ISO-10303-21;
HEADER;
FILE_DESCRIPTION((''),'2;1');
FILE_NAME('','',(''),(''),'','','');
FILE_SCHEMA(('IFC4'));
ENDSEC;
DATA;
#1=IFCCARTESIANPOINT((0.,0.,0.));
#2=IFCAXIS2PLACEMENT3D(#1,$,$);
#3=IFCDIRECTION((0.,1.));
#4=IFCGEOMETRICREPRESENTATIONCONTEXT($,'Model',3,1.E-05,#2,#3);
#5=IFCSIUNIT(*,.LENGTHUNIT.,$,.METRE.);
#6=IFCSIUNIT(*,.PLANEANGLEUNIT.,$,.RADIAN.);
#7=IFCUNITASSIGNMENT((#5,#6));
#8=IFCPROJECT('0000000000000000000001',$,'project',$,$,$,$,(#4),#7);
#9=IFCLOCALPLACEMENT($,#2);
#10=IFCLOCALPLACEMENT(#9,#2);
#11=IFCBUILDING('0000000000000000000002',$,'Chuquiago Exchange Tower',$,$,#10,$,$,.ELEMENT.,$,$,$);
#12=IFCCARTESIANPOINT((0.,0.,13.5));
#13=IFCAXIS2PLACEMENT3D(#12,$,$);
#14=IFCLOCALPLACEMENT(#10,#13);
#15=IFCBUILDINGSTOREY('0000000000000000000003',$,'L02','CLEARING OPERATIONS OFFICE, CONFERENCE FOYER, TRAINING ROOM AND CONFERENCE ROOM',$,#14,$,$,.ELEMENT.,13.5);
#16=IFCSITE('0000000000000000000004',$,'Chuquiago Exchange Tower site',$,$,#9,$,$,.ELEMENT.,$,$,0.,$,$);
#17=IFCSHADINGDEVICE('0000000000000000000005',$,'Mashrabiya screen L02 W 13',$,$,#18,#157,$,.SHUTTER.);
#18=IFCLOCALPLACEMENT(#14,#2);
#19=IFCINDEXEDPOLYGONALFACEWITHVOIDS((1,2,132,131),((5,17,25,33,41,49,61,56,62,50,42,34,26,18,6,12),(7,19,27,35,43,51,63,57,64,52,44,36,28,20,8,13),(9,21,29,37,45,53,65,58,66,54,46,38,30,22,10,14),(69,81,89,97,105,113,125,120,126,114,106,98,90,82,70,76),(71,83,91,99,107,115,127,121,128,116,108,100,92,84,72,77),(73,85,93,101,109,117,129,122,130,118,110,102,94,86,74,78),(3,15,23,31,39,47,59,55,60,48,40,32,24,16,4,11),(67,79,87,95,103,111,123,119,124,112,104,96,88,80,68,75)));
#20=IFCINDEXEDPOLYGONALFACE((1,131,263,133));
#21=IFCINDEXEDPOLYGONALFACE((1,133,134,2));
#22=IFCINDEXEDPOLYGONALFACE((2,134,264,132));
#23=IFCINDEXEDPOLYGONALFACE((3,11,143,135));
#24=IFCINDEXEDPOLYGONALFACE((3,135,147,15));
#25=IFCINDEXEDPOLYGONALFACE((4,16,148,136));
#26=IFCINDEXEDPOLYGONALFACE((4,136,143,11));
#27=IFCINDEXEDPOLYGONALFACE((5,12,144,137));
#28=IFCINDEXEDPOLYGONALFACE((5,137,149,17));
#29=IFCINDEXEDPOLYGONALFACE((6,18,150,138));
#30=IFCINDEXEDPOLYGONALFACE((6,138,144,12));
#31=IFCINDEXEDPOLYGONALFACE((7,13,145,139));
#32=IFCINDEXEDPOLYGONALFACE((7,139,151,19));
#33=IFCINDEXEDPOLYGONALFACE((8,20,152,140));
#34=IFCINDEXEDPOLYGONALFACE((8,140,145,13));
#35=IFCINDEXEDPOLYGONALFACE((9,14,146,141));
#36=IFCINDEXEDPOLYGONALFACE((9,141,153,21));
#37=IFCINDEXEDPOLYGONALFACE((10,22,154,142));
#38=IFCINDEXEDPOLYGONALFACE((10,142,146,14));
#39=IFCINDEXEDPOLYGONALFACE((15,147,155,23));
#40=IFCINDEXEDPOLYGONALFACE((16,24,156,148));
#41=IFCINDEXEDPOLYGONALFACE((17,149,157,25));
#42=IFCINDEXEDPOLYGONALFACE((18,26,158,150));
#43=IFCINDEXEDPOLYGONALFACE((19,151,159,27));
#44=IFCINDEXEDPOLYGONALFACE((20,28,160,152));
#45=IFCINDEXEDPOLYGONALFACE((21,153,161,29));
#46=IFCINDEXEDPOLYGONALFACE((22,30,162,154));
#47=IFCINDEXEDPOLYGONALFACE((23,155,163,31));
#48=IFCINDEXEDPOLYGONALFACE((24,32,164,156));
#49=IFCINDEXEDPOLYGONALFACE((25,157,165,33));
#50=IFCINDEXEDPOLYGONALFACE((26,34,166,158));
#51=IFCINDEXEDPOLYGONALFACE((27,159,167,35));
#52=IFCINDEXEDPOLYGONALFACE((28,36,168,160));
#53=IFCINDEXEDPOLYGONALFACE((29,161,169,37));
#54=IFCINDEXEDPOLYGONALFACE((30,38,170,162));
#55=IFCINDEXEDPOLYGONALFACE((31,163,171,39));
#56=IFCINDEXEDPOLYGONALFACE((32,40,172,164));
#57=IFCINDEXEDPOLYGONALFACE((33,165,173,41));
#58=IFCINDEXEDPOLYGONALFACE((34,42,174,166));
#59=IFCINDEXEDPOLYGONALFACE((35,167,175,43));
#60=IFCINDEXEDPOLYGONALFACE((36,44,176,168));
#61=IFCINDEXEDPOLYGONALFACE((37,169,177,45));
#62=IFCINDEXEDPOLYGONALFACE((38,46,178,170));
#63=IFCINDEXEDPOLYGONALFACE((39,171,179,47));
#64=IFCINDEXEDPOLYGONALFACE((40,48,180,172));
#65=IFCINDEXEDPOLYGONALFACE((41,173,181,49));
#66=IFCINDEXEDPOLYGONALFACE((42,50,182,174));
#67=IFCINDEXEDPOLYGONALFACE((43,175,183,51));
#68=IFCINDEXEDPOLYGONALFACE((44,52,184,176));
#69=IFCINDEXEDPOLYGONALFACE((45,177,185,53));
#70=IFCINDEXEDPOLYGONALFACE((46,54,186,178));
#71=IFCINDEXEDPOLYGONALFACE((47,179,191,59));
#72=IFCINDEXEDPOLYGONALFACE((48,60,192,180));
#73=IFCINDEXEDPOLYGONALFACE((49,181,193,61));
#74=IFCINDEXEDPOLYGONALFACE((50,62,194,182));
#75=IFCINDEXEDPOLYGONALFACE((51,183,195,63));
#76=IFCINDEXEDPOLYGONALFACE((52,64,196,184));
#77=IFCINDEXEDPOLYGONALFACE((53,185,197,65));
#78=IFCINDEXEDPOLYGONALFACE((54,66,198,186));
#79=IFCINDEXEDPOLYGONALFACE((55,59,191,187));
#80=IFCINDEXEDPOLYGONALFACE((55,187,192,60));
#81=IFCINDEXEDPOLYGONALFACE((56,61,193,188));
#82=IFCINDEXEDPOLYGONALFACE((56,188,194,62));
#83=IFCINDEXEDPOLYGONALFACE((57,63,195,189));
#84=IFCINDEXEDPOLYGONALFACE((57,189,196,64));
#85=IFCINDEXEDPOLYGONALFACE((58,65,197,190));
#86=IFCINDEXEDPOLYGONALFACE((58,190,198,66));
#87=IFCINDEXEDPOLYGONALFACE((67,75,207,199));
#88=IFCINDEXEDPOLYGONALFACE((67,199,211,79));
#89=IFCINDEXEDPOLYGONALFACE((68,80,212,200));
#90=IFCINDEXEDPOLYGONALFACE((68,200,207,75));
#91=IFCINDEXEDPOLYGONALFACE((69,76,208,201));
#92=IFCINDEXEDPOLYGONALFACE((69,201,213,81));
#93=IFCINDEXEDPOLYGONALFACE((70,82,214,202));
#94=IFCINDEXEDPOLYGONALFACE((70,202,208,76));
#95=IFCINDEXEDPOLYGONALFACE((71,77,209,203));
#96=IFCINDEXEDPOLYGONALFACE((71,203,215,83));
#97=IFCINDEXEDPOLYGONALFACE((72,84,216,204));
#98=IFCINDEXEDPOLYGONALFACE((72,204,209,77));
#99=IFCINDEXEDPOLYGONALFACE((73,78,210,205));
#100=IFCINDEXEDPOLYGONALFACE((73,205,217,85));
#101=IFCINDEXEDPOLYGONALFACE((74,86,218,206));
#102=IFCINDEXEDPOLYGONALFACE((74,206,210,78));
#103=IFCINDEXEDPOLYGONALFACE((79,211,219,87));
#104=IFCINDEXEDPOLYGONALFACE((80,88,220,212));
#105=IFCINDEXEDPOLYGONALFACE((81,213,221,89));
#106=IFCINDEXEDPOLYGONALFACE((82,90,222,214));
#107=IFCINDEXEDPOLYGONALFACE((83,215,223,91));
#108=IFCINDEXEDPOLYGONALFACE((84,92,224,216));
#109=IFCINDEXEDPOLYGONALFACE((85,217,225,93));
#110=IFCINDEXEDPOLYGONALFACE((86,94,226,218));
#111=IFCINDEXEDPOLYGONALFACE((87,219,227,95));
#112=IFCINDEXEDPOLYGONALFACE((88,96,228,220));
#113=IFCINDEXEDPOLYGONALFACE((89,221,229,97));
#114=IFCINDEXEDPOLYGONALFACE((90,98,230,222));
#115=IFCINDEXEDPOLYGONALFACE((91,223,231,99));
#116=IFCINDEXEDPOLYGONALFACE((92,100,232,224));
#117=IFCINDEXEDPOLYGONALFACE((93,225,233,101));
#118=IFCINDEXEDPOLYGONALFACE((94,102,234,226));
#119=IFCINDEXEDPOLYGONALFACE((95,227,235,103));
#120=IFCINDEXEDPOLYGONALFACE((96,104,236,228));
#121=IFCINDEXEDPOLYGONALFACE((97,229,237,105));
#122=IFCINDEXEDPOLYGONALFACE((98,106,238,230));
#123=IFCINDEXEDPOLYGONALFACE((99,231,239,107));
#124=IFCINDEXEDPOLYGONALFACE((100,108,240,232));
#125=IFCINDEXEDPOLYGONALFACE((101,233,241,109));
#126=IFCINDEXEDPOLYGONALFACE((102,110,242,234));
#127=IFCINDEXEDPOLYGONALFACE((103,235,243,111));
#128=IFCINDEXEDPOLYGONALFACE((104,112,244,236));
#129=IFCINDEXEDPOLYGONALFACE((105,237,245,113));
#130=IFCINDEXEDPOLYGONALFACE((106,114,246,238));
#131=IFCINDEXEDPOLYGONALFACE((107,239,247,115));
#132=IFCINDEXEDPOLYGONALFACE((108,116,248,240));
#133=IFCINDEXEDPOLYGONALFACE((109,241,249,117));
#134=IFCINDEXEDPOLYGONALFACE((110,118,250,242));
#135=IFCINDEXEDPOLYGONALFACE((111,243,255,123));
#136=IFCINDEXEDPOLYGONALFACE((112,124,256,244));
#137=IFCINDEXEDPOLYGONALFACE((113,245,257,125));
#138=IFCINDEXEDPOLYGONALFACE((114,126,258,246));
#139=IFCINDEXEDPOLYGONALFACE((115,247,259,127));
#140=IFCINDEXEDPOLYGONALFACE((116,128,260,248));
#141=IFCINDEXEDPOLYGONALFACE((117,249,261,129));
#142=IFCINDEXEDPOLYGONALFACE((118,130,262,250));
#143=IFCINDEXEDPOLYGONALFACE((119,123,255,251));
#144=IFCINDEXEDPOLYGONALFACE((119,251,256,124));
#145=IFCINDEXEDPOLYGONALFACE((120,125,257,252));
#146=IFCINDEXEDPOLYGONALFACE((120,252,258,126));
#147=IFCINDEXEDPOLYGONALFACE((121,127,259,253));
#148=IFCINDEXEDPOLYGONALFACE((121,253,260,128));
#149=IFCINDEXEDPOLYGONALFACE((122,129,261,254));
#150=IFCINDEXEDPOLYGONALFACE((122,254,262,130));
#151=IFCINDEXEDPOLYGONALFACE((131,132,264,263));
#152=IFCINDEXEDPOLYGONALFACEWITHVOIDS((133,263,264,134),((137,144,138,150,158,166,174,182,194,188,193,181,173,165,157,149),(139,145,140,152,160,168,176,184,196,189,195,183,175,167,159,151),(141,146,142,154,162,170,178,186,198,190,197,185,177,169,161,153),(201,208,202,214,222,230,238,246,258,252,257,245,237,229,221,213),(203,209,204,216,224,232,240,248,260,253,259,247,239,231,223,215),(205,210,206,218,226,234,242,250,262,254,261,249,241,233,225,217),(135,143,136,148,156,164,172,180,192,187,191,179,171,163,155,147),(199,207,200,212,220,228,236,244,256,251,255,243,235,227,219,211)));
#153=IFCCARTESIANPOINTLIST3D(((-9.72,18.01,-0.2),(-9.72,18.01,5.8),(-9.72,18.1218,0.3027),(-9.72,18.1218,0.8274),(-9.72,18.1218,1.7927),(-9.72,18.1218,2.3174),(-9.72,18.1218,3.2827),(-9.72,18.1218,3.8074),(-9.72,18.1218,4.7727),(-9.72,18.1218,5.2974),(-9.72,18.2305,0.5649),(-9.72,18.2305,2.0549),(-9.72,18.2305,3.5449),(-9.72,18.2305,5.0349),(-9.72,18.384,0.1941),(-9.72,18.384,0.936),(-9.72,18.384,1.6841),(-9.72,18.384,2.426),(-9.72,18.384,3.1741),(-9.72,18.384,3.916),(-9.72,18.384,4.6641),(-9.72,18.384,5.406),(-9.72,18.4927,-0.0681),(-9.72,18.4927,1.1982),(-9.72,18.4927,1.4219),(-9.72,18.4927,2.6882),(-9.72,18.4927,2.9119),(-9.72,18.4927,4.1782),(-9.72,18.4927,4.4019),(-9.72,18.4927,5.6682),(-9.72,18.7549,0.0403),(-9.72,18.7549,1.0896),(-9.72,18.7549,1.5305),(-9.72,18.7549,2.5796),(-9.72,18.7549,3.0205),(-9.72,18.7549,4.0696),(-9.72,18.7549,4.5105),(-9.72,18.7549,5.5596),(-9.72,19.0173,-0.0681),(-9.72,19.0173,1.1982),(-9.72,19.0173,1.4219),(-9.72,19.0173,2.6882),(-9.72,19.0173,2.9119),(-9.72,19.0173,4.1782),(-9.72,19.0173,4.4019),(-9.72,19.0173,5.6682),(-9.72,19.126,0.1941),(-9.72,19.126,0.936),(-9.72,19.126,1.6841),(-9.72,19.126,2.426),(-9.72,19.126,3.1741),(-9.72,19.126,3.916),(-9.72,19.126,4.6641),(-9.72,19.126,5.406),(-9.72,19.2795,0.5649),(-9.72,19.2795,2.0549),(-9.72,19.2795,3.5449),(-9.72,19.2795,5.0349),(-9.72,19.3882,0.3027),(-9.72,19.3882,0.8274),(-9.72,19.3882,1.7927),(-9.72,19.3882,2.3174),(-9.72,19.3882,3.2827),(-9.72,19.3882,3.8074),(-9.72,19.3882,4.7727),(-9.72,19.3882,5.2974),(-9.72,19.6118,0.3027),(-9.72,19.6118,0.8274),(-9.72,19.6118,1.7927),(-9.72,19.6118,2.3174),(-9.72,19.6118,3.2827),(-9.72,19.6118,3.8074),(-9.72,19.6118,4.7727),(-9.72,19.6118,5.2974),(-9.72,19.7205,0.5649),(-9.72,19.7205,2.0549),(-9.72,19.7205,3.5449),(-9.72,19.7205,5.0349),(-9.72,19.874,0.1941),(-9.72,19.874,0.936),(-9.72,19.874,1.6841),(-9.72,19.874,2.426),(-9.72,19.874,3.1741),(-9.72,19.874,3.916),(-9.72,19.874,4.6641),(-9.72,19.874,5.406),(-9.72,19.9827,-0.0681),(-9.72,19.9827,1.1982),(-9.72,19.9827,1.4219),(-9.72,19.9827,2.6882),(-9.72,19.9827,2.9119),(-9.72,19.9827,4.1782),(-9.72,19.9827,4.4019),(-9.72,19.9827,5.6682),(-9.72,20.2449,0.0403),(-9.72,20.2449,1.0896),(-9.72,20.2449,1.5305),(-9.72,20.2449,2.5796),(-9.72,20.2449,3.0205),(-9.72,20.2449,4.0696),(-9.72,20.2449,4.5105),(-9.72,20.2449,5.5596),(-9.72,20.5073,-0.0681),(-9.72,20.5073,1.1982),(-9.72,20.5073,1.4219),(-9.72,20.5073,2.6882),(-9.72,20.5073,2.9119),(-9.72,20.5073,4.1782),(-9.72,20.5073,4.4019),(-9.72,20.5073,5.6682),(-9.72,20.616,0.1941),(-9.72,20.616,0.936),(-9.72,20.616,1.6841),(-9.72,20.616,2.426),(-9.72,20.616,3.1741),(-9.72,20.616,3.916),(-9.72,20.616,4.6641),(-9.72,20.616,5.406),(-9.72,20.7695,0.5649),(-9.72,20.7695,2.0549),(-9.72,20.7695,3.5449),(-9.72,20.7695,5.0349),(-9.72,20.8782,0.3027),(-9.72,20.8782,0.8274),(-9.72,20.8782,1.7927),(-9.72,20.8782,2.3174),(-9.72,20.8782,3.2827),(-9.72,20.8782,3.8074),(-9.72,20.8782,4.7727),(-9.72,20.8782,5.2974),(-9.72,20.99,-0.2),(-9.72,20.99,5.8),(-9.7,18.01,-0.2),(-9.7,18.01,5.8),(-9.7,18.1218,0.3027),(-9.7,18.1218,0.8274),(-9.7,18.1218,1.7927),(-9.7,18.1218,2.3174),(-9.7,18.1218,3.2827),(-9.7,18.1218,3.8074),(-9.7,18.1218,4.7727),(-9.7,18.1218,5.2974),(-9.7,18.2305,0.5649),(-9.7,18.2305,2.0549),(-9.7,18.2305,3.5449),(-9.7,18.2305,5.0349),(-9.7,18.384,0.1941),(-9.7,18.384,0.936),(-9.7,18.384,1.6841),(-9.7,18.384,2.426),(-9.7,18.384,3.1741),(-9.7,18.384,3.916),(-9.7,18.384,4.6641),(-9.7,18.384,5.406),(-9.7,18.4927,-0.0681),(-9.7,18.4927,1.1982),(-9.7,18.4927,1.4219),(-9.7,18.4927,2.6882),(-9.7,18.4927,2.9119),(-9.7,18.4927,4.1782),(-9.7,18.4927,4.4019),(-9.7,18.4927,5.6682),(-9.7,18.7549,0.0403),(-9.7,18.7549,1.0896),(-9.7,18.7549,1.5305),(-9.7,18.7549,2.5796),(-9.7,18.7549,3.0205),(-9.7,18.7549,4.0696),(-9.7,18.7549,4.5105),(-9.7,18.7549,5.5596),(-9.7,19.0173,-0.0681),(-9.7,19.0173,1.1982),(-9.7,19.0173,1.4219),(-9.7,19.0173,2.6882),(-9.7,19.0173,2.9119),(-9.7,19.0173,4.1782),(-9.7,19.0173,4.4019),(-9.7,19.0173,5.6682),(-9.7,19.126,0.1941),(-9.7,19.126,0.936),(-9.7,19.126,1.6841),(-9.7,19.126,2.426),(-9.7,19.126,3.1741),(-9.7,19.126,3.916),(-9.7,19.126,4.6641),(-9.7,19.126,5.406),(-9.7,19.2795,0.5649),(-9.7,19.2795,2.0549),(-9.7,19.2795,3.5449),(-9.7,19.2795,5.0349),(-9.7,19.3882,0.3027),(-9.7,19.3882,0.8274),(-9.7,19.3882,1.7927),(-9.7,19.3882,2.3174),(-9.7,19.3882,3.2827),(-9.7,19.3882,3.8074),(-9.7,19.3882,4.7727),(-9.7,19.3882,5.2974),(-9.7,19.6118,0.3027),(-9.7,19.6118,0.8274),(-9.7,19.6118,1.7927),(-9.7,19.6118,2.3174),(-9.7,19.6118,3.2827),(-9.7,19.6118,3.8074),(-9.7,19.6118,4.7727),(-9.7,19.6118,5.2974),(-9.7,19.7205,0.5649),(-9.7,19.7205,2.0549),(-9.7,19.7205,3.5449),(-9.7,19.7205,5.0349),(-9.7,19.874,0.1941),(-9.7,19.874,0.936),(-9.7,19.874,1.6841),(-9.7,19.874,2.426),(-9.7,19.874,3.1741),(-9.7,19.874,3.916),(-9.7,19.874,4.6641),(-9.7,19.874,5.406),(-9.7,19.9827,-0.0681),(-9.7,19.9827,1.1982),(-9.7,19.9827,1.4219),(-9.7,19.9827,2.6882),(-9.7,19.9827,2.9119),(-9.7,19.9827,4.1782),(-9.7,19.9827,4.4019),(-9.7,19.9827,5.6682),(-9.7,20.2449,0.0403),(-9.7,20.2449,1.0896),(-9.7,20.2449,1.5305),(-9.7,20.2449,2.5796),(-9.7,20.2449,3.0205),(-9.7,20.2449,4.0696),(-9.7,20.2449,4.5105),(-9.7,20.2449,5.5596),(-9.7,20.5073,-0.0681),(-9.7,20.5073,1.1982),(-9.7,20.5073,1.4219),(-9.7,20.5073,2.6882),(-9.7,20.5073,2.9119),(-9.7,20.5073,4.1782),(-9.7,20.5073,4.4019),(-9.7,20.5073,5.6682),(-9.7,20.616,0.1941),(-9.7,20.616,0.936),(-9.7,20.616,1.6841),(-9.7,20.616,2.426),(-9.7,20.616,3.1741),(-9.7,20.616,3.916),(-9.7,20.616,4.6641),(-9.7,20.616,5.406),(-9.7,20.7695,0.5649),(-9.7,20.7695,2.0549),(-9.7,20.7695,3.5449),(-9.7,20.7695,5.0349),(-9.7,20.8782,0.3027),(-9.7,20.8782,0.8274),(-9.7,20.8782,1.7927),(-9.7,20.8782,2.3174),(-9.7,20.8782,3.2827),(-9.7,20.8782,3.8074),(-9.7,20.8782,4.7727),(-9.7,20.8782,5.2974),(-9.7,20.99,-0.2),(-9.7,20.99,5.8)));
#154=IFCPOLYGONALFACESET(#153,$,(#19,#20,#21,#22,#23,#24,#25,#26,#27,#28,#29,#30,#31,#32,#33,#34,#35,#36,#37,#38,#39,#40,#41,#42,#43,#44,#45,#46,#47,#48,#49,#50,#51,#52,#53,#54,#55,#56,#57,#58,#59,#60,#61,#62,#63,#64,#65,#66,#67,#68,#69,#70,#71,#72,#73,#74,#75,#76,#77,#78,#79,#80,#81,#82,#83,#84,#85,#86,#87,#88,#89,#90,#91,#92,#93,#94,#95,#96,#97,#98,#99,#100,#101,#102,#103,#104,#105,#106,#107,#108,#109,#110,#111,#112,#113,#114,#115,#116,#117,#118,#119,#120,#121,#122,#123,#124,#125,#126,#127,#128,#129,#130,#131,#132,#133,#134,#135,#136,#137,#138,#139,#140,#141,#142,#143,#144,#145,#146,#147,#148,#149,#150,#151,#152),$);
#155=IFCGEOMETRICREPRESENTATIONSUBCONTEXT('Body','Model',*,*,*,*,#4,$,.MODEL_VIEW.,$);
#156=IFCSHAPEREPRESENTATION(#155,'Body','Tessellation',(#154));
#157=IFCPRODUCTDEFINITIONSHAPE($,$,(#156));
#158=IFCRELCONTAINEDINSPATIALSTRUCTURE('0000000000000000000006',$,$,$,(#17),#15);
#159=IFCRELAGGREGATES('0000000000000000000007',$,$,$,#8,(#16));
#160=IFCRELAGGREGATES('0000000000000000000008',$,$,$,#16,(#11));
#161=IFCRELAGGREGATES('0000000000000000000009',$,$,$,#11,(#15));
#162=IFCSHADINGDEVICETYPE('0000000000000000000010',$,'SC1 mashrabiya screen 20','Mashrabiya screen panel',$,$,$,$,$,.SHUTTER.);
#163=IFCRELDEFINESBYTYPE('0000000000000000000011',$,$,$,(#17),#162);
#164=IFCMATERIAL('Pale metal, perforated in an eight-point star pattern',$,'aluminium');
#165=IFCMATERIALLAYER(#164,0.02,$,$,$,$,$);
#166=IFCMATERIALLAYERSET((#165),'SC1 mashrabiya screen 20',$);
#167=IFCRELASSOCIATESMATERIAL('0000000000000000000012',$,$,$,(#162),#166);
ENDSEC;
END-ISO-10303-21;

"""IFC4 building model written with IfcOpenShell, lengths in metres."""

from ifc_helpers import new_model, si_unit, direction, frame, origin, place, context, subcontext, project, spatial, polyline, outline, extrude, material, layer, layer_set, type_object, element, save


model = new_model("IFC4")

# Units and contexts
model_context = context("Model", 3, precision=1e-05, world=origin(), true_north=direction((0.0, 1.0)))
body_context = subcontext(model_context, "Body", "Model", "MODEL_VIEW")
ifc_project = project(units=[si_unit("LENGTHUNIT", "METRE"), si_unit("PLANEANGLEUNIT", "RADIAN")], contexts=[model_context])

# Site, building, storey
site_placement = place(None, origin())
site = spatial("IfcSite", under=ifc_project, at=site_placement, Name="Chuquiago Exchange Tower site", CompositionType="ELEMENT", RefElevation=0.0)
building_placement = place(site_placement, origin())
building = spatial("IfcBuilding", under=site, at=building_placement, Name="Chuquiago Exchange Tower", CompositionType="ELEMENT")
storey_placement = place(building_placement, frame((0.0, 0.0, 13.5)))
storey = spatial("IfcBuildingStorey", under=building, at=storey_placement, Name="L02", Description="CLEARING OPERATIONS OFFICE, CONFERENCE FOYER, TRAINING ROOM AND CONFERENCE ROOM", CompositionType="ELEMENT", Elevation=13.5)

# Shading device
ifc_material_1 = material(Name="Pale metal, perforated in an eight-point star pattern", Category="aluminium")
ifc_layer_1 = layer(ifc_material_1, 0.02)
ifc_layer_set_1 = layer_set([ifc_layer_1], Name="SC1 mashrabiya screen 20")
shading_device_type = type_object("IfcShadingDeviceType", Name="SC1 mashrabiya screen 20", Description="Mashrabiya screen panel", PredefinedType="SHUTTER", material=ifc_layer_set_1)
shading_device_1_placement = place(storey_placement, frame((-9.7, 20.99, -0.2), z_axis=(0.0, 0.0, 1.0), x_axis=(0.0, -1.0, 0.0)))
element("IfcShadingDevice", 1, at=shading_device_1_placement, inside=storey, type_object=shading_device_type, Name="Mashrabiya screen L02 W 13", PredefinedType="SHUTTER", context=body_context, shape_type="SweptSolid", body=[
    extrude(outline(polyline([(0.0, 0.0), (2.98, 0.0), (2.98, 6.0), (0.0, 6.0), (0.0, 0.0)]), holes=[polyline([(1.2695, 0.7649), (1.3782, 1.0273), (1.116, 1.136), (1.0073, 1.3982), (0.7451, 1.2896), (0.4827, 1.3982), (0.374, 1.136), (0.1118, 1.0273), (0.2205, 0.7649), (0.1118, 0.5027), (0.374, 0.394), (0.4827, 0.1318), (0.7451, 0.2402), (1.0073, 0.1318), (1.116, 0.394), (1.3782, 0.5027), (1.2695, 0.7649)]), polyline([(2.7595, 0.7649), (2.8682, 1.0273), (2.606, 1.136), (2.4973, 1.3982), (2.2351, 1.2896), (1.9727, 1.3982), (1.864, 1.136), (1.6018, 1.0273), (1.7104, 0.7649), (1.6018, 0.5027), (1.864, 0.394), (1.9727, 0.1318), (2.2351, 0.2402), (2.4973, 0.1318), (2.606, 0.394), (2.8682, 0.5027), (2.7595, 0.7649)]), polyline([(1.2695, 2.2549), (1.3782, 2.5173), (1.116, 2.626), (1.0073, 2.8882), (0.7451, 2.7795), (0.4827, 2.8882), (0.374, 2.626), (0.1118, 2.5173), (0.2205, 2.2549), (0.1118, 1.9927), (0.374, 1.884), (0.4827, 1.6218), (0.7451, 1.7305), (1.0073, 1.6218), (1.116, 1.884), (1.3782, 1.9927), (1.2695, 2.2549)]), polyline([(2.7595, 2.2549), (2.8682, 2.5173), (2.606, 2.626), (2.4973, 2.8882), (2.2351, 2.7795), (1.9727, 2.8882), (1.864, 2.626), (1.6018, 2.5173), (1.7104, 2.2549), (1.6018, 1.9927), (1.864, 1.884), (1.9727, 1.6218), (2.2351, 1.7305), (2.4973, 1.6218), (2.606, 1.884), (2.8682, 1.9927), (2.7595, 2.2549)]), polyline([(1.2695, 3.7449), (1.3782, 4.0073), (1.116, 4.116), (1.0073, 4.3782), (0.7451, 4.2695), (0.4827, 4.3782), (0.374, 4.116), (0.1118, 4.0073), (0.2205, 3.7449), (0.1118, 3.4827), (0.374, 3.374), (0.4827, 3.1118), (0.7451, 3.2205), (1.0073, 3.1118), (1.116, 3.374), (1.3782, 3.4827), (1.2695, 3.7449)]), polyline([(2.7595, 3.7449), (2.8682, 4.0073), (2.606, 4.116), (2.4973, 4.3782), (2.2351, 4.2695), (1.9727, 4.3782), (1.864, 4.116), (1.6018, 4.0073), (1.7104, 3.7449), (1.6018, 3.4827), (1.864, 3.374), (1.9727, 3.1118), (2.2351, 3.2205), (2.4973, 3.1118), (2.606, 3.374), (2.8682, 3.4827), (2.7595, 3.7449)]), polyline([(1.2695, 5.2349), (1.3782, 5.4973), (1.116, 5.606), (1.0073, 5.8682), (0.7451, 5.7595), (0.4827, 5.8682), (0.374, 5.606), (0.1118, 5.4973), (0.2205, 5.2349), (0.1118, 4.9727), (0.374, 4.864), (0.4827, 4.6018), (0.7451, 4.7104), (1.0073, 4.6018), (1.116, 4.864), (1.3782, 4.9727), (1.2695, 5.2349)]), polyline([(2.7595, 5.2349), (2.8682, 5.4973), (2.606, 5.606), (2.4973, 5.8682), (2.2351, 5.7595), (1.9727, 5.8682), (1.864, 5.606), (1.6018, 5.4973), (1.7104, 5.2349), (1.6018, 4.9727), (1.864, 4.864), (1.9727, 4.6018), (2.2351, 4.7104), (2.4973, 4.6018), (2.606, 4.864), (2.8682, 4.9727), (2.7595, 5.2349)])]), frame((0.0, 0.0, 0.0), z_axis=(0.0, -1.0, 0.0), x_axis=(1.0, 0.0, 0.0)), (0.0, 0.0, 1.0), 0.02),
])

save(model, "model.ifc")
